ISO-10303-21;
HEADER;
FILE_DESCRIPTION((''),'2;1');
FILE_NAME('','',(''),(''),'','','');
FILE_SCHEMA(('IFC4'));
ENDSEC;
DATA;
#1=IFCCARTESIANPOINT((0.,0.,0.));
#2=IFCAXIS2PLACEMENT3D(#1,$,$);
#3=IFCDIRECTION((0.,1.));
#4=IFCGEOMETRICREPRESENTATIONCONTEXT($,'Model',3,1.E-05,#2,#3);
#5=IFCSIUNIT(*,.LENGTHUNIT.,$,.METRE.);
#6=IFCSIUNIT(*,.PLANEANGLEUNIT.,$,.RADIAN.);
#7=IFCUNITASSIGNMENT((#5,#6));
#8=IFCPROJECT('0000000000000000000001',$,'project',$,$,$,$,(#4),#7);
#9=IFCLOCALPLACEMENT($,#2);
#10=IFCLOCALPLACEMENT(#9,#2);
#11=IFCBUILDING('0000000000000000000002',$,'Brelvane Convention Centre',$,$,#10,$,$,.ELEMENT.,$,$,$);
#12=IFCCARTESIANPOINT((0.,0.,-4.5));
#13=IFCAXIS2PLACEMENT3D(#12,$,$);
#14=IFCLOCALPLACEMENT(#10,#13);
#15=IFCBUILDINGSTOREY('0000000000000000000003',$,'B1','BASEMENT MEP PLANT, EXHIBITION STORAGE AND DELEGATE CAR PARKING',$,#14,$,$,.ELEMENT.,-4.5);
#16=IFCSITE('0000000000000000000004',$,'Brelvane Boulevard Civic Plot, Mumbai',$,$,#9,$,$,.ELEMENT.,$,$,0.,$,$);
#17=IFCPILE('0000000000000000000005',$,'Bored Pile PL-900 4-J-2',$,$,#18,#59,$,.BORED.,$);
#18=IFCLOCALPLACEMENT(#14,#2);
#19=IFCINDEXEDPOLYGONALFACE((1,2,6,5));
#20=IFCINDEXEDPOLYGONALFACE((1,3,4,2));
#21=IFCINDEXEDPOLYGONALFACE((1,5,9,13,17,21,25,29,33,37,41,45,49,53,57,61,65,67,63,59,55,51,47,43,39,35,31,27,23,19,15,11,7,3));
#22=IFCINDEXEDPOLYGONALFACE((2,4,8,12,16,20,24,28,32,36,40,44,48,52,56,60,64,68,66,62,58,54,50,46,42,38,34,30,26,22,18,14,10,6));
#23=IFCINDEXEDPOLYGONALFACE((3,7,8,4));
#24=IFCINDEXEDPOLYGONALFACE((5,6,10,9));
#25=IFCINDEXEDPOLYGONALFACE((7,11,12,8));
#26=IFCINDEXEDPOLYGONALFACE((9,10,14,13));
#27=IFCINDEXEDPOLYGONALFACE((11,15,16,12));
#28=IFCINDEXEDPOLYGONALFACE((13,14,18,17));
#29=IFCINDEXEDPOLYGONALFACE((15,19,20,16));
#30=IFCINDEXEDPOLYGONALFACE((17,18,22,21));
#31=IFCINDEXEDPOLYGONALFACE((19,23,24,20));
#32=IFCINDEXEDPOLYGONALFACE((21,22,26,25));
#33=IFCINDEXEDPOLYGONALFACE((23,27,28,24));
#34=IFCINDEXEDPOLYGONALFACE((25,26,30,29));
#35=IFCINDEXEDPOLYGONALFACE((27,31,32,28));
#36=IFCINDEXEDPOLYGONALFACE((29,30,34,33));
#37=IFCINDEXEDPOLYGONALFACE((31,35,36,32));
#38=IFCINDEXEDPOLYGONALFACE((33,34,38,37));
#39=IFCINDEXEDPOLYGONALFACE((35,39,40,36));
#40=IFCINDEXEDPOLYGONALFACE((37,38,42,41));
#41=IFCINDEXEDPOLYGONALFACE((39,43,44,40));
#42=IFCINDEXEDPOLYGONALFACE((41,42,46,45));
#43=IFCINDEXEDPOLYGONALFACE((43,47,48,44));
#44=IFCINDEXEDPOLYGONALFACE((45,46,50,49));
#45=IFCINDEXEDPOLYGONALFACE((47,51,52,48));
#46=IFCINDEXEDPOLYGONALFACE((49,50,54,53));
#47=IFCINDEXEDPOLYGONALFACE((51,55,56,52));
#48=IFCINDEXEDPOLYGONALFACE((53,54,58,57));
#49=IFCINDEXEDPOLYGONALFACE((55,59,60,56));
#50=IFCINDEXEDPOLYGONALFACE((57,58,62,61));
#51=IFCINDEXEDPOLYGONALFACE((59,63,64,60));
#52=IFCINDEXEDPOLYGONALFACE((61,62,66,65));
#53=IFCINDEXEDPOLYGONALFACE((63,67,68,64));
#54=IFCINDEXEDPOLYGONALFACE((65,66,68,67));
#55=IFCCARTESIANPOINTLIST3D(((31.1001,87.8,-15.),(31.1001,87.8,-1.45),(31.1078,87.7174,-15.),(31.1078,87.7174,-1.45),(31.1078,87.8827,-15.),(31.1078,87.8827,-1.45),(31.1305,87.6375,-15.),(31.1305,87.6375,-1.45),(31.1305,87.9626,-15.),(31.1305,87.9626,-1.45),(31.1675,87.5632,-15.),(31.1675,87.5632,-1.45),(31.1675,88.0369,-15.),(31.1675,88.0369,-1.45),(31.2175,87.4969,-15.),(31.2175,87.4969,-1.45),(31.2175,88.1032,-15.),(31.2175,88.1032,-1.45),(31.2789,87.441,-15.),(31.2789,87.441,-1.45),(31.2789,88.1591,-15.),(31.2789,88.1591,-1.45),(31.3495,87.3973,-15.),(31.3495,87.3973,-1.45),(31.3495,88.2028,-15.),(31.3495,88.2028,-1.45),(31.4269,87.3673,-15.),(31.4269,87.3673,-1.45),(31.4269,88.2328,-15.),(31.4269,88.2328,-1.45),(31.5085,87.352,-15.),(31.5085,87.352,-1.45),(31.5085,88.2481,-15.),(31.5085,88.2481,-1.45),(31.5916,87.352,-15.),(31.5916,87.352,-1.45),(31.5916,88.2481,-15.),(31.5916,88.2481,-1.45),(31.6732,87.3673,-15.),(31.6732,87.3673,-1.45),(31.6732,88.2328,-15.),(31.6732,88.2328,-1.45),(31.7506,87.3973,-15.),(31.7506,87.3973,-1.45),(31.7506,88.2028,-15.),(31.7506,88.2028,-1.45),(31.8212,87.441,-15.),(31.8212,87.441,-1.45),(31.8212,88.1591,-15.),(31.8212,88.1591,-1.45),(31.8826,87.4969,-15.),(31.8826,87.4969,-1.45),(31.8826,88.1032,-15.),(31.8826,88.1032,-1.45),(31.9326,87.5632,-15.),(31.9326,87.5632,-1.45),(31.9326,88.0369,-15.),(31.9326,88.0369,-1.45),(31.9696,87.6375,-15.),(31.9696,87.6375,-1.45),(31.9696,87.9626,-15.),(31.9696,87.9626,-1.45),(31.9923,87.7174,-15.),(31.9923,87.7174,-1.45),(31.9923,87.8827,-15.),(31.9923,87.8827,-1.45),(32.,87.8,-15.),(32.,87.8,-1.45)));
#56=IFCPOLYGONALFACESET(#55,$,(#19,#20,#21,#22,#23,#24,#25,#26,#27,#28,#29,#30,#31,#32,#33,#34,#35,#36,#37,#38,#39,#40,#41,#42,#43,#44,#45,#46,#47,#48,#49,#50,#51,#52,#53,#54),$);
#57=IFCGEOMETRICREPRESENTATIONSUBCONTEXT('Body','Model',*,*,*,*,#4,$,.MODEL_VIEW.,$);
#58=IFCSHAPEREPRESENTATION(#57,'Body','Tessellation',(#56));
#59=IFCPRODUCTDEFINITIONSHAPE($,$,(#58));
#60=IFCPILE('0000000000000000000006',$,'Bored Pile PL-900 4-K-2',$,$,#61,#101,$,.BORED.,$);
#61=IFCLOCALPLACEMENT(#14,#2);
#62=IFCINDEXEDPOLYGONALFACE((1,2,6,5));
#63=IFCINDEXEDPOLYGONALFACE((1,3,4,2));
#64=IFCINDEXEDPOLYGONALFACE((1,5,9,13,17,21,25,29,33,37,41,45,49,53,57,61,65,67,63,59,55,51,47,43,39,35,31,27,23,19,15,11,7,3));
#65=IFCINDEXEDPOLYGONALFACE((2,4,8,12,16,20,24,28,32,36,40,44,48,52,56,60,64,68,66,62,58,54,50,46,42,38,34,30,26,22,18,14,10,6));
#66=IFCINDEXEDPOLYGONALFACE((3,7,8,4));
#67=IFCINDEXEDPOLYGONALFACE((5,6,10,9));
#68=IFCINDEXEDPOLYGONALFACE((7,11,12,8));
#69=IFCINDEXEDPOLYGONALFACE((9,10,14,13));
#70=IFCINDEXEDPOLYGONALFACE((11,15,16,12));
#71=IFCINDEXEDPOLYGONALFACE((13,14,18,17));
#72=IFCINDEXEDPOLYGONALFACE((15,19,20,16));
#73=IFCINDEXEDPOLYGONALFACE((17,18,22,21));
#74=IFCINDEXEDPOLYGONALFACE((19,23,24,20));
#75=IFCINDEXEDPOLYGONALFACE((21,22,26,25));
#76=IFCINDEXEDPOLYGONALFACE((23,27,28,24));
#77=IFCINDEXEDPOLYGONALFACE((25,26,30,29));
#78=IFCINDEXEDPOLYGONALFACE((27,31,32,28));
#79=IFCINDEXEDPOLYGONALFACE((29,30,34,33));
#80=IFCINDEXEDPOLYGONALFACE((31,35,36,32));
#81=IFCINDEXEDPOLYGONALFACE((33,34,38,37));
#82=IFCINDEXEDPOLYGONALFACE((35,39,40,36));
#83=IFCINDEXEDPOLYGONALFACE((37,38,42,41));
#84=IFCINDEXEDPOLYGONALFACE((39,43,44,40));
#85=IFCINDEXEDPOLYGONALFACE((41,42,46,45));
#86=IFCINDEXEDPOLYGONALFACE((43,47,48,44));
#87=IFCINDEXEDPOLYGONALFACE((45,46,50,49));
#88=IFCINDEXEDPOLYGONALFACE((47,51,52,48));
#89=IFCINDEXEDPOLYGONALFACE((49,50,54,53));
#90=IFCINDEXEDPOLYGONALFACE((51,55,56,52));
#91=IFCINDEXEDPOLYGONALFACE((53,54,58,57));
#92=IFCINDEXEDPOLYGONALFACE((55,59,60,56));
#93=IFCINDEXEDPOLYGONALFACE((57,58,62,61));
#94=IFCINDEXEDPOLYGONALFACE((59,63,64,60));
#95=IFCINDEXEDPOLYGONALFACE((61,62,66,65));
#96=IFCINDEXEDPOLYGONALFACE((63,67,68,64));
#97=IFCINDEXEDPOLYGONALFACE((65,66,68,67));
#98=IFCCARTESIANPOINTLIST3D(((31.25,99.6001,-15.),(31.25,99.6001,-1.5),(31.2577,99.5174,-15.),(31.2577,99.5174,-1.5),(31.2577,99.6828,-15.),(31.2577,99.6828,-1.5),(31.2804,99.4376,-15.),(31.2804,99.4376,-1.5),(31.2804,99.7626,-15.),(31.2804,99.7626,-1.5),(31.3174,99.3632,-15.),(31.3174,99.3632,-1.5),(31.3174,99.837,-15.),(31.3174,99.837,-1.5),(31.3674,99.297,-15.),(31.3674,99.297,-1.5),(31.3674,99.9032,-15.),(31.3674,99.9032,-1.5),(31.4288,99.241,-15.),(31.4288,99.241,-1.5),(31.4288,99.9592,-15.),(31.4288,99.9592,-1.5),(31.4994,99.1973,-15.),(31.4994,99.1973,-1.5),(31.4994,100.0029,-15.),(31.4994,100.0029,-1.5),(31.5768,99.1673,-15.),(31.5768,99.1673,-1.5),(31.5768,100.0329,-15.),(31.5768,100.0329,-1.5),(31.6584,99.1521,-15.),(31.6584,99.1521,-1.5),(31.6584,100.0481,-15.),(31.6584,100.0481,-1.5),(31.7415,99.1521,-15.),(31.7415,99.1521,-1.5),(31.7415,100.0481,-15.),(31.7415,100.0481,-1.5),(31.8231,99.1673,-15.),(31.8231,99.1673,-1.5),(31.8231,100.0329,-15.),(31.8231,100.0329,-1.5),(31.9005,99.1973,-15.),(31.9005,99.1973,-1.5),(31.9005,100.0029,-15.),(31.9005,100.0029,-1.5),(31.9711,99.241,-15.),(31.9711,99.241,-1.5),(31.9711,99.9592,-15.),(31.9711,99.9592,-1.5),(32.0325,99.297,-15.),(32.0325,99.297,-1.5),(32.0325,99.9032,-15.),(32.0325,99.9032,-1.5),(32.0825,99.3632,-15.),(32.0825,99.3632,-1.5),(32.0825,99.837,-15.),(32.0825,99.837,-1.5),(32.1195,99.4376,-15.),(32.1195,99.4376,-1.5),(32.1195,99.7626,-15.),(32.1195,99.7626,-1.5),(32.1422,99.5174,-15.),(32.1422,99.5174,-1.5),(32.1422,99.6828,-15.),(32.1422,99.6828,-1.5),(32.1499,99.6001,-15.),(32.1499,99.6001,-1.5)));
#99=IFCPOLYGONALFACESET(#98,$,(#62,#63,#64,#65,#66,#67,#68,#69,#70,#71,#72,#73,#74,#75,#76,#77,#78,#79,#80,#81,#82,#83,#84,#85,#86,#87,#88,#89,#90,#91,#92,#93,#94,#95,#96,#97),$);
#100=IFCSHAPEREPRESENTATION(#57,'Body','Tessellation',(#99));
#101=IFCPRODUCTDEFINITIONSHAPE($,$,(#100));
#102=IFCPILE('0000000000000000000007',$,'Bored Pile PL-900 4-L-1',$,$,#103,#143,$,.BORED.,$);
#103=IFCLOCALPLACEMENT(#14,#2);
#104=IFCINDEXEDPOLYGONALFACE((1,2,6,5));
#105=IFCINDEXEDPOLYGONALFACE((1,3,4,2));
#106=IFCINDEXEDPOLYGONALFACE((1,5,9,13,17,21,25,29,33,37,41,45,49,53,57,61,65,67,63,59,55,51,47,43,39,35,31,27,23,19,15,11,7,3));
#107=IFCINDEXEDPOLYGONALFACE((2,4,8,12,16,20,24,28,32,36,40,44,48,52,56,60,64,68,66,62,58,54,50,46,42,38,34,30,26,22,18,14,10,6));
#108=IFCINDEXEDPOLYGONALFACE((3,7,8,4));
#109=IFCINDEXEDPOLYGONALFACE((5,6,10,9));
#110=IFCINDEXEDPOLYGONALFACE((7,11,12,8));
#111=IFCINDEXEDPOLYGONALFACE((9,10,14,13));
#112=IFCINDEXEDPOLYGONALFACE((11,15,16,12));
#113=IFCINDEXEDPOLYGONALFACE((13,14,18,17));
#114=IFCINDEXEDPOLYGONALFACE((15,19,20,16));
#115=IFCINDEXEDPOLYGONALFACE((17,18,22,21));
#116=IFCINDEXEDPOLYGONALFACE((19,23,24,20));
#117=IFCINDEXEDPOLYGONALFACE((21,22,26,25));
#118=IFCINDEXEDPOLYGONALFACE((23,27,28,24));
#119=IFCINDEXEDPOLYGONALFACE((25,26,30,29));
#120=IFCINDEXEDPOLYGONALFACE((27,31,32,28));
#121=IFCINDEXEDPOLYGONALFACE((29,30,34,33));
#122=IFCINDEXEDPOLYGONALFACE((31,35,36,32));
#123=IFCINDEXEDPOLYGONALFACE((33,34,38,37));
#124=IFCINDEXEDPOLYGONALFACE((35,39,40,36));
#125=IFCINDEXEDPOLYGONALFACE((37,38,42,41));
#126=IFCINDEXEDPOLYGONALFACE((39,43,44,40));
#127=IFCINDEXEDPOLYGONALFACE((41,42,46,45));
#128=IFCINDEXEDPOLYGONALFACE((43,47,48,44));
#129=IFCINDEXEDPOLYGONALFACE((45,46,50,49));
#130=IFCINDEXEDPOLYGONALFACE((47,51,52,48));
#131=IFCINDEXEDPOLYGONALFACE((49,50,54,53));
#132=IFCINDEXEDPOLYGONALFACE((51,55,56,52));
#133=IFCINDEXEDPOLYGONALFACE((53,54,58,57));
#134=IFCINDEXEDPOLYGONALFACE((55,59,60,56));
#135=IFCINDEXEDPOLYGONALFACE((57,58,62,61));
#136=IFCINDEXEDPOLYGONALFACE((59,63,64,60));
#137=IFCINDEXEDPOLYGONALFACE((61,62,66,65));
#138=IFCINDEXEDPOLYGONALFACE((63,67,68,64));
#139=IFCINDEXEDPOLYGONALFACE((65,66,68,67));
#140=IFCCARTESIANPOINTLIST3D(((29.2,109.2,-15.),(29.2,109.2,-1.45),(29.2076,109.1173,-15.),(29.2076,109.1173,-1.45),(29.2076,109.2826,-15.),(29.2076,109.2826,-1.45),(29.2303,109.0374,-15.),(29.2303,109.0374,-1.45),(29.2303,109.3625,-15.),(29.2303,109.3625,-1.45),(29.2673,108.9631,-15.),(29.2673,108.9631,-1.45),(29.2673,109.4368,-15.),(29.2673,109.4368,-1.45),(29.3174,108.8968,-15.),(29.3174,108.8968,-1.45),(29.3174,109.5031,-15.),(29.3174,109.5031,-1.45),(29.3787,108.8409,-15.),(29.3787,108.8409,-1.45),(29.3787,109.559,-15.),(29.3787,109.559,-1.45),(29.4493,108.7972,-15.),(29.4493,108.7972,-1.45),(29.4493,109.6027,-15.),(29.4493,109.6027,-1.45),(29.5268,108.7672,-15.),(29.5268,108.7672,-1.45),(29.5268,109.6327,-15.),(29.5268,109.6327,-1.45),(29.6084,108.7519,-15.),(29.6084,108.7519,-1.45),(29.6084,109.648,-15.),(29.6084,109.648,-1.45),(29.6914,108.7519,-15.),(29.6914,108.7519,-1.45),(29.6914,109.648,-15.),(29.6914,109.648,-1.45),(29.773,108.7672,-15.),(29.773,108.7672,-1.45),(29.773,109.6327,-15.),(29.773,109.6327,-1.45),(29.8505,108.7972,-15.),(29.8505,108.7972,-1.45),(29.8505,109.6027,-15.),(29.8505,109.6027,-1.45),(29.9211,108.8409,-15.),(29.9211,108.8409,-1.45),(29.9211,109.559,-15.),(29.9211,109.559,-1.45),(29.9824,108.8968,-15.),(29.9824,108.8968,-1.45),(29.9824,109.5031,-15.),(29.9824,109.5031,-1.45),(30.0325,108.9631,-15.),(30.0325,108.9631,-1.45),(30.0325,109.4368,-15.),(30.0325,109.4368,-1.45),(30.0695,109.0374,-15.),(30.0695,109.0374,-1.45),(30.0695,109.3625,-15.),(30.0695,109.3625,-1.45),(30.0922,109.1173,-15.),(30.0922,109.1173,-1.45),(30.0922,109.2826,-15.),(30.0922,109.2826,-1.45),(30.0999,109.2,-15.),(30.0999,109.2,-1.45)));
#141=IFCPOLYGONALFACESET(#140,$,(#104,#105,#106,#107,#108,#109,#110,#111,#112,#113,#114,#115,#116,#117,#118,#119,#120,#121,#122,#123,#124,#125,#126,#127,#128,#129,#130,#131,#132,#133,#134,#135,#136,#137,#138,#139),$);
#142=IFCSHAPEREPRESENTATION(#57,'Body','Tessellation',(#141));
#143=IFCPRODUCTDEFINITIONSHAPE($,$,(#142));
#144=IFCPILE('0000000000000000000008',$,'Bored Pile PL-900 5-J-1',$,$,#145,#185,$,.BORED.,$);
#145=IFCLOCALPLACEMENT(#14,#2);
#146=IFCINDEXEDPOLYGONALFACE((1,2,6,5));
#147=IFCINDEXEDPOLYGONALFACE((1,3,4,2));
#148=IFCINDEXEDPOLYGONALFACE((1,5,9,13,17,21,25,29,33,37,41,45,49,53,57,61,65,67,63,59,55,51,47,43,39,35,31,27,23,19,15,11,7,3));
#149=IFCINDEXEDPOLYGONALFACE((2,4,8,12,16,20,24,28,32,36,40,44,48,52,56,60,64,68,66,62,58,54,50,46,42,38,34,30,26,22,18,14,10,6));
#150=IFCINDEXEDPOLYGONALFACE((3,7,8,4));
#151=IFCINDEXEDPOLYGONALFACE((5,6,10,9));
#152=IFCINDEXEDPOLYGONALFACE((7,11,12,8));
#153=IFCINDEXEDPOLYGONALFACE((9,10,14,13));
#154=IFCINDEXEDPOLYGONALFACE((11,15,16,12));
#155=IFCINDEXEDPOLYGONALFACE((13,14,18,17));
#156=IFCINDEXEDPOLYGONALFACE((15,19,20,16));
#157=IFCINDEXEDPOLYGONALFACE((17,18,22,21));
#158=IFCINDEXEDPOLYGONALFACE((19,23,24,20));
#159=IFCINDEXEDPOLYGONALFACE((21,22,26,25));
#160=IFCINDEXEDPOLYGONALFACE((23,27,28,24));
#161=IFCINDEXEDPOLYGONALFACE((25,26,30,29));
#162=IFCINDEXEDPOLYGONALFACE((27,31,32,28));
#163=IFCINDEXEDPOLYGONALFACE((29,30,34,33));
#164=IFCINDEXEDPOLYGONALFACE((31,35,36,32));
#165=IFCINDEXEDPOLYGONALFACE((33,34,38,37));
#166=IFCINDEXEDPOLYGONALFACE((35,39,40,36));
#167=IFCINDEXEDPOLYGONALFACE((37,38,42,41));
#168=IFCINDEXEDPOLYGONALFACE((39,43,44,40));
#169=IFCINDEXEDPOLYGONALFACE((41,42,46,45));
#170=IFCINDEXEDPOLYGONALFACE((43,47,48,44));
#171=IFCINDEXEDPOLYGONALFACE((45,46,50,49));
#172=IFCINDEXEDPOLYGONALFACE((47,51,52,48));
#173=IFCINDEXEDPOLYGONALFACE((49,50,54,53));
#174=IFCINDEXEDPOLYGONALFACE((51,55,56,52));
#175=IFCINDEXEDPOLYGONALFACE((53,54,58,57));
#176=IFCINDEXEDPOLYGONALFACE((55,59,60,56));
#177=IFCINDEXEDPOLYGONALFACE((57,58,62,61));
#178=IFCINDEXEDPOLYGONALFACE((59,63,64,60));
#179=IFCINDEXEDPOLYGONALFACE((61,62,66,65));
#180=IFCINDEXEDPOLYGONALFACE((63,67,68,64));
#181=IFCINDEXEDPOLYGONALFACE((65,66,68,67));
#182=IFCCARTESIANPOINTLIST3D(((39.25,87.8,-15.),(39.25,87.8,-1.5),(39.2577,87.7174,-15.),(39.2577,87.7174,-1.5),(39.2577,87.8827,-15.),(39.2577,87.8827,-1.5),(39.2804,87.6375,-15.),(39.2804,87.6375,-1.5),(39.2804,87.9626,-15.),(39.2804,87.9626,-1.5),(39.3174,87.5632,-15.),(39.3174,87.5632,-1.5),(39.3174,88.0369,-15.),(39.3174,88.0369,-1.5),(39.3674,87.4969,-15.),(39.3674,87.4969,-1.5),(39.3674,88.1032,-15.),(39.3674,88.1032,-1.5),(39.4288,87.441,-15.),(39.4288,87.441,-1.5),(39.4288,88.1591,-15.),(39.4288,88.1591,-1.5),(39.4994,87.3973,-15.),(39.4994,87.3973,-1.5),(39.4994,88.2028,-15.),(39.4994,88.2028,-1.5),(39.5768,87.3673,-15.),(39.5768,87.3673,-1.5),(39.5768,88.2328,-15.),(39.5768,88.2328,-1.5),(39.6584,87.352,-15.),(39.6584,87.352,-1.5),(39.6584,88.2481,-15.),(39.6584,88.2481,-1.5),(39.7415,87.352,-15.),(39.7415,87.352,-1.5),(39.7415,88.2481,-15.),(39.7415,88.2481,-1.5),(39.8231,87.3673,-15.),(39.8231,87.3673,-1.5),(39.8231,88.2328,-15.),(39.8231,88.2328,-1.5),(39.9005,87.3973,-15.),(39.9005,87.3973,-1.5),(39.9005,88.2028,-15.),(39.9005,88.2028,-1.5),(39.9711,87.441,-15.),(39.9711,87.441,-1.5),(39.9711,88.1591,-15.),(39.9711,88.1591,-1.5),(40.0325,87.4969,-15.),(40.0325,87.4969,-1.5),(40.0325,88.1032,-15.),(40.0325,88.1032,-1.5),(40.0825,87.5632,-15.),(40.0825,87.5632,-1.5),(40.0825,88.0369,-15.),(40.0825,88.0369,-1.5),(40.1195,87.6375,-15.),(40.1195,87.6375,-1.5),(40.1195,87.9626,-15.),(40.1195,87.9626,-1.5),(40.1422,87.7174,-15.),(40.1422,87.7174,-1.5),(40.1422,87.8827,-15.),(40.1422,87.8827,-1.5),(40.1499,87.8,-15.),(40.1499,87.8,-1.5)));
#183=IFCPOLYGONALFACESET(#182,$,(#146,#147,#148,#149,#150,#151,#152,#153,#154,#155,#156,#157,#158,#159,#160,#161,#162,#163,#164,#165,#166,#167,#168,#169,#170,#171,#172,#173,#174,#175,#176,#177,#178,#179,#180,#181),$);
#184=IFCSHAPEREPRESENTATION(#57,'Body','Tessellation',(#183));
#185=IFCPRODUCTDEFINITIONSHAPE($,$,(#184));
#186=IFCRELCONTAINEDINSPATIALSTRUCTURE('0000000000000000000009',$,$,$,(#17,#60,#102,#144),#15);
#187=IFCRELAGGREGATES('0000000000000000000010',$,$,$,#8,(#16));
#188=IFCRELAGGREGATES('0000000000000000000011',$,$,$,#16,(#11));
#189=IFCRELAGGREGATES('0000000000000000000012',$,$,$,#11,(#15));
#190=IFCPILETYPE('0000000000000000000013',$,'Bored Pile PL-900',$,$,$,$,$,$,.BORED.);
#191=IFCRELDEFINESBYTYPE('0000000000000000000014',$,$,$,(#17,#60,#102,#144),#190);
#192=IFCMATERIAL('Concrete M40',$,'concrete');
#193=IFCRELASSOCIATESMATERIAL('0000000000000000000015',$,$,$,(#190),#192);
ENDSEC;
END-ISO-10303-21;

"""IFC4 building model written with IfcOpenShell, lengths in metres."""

from ifc_helpers import new_model, si_unit, direction, frame, origin, origin_2d, place, context, subcontext, project, spatial, circle, extrude, material, material_profile, profile_set, type_object, element, save


model = new_model("IFC4")

# Units and contexts
model_context = context("Model", 3, precision=1e-05, world=origin(), true_north=direction((0.0, 1.0)))
body_context = subcontext(model_context, "Body", "Model", "MODEL_VIEW")
ifc_project = project(units=[si_unit("LENGTHUNIT", "METRE"), si_unit("PLANEANGLEUNIT", "RADIAN")], contexts=[model_context])

# Site, building, storey
site_placement = place(None, origin())
site = spatial("IfcSite", under=ifc_project, at=site_placement, Name="Brelvane Boulevard Civic Plot, Mumbai", CompositionType="ELEMENT", RefElevation=0.0)
building_placement = place(site_placement, origin())
building = spatial("IfcBuilding", under=site, at=building_placement, Name="Brelvane Convention Centre", CompositionType="ELEMENT")
storey_placement = place(building_placement, frame((0.0, 0.0, -4.5)))
storey = spatial("IfcBuildingStorey", under=building, at=storey_placement, Name="B1", Description="BASEMENT MEP PLANT, EXHIBITION STORAGE AND DELEGATE CAR PARKING", CompositionType="ELEMENT", Elevation=-4.5)

# Piles
ifc_material_1 = material(Name="Concrete M40", Category="concrete")
ifc_material_profile_1 = material_profile(ifc_material_1, circle(Radius=0.45, at=origin_2d()), Name="PILE D900")
ifc_profile_set_1 = profile_set([ifc_material_profile_1], Name="Concrete M40")
pile_type = type_object("IfcPileType", Name="Bored Pile PL-900", PredefinedType="BORED", material=ifc_profile_set_1)
pile_1_placement = place(storey_placement, frame((31.55, 87.8, -1.45), z_axis=(0.0, 0.0, -1.0), x_axis=(1.0, 0.0, 0.0)))
element("IfcPile", 1, at=pile_1_placement, inside=storey, type_object=pile_type, Name="Bored Pile PL-900 4-J-2", PredefinedType="BORED", context=body_context, shape_type="SweptSolid", body=[
    extrude(circle(Radius=0.45, at=origin_2d()), origin(), (0.0, 0.0, 1.0), 13.55),
])
pile_2_placement = place(storey_placement, frame((31.7, 99.6001, -1.5), z_axis=(0.0, 0.0, -1.0), x_axis=(1.0, 0.0, 0.0)))
element("IfcPile", 2, at=pile_2_placement, inside=storey, type_object=pile_type, Name="Bored Pile PL-900 4-K-2", PredefinedType="BORED", context=body_context, shape_type="SweptSolid", body=[
    extrude(circle(Radius=0.45, at=origin_2d()), origin(), (0.0, 0.0, 1.0), 13.5),
])
pile_3_placement = place(storey_placement, frame((29.6499, 109.2, -1.45), z_axis=(0.0, 0.0, -1.0), x_axis=(1.0, 0.0, 0.0)))
element("IfcPile", 3, at=pile_3_placement, inside=storey, type_object=pile_type, Name="Bored Pile PL-900 4-L-1", PredefinedType="BORED", context=body_context, shape_type="SweptSolid", body=[
    extrude(circle(Radius=0.45, at=origin_2d()), origin(), (0.0, 0.0, 1.0), 13.55),
])
for number, where, z_axis, x_axis, name in (
    (4, (39.7, 87.8, -1.5), (0.0, 0.0, -1.0), (1.0, 0.0, 0.0), "Bored Pile PL-900 5-J-1"),
):
    element("IfcPile", number, at=place(storey_placement, frame(where, z_axis=z_axis, x_axis=x_axis)), inside=storey, type_object=pile_type, Name=name, PredefinedType="BORED", context=body_context, shape_type="SweptSolid", body=[
        extrude(circle(Radius=0.45, at=origin_2d()), origin(), (0.0, 0.0, 1.0), 13.5),
    ])

save(model, "model.ifc")
